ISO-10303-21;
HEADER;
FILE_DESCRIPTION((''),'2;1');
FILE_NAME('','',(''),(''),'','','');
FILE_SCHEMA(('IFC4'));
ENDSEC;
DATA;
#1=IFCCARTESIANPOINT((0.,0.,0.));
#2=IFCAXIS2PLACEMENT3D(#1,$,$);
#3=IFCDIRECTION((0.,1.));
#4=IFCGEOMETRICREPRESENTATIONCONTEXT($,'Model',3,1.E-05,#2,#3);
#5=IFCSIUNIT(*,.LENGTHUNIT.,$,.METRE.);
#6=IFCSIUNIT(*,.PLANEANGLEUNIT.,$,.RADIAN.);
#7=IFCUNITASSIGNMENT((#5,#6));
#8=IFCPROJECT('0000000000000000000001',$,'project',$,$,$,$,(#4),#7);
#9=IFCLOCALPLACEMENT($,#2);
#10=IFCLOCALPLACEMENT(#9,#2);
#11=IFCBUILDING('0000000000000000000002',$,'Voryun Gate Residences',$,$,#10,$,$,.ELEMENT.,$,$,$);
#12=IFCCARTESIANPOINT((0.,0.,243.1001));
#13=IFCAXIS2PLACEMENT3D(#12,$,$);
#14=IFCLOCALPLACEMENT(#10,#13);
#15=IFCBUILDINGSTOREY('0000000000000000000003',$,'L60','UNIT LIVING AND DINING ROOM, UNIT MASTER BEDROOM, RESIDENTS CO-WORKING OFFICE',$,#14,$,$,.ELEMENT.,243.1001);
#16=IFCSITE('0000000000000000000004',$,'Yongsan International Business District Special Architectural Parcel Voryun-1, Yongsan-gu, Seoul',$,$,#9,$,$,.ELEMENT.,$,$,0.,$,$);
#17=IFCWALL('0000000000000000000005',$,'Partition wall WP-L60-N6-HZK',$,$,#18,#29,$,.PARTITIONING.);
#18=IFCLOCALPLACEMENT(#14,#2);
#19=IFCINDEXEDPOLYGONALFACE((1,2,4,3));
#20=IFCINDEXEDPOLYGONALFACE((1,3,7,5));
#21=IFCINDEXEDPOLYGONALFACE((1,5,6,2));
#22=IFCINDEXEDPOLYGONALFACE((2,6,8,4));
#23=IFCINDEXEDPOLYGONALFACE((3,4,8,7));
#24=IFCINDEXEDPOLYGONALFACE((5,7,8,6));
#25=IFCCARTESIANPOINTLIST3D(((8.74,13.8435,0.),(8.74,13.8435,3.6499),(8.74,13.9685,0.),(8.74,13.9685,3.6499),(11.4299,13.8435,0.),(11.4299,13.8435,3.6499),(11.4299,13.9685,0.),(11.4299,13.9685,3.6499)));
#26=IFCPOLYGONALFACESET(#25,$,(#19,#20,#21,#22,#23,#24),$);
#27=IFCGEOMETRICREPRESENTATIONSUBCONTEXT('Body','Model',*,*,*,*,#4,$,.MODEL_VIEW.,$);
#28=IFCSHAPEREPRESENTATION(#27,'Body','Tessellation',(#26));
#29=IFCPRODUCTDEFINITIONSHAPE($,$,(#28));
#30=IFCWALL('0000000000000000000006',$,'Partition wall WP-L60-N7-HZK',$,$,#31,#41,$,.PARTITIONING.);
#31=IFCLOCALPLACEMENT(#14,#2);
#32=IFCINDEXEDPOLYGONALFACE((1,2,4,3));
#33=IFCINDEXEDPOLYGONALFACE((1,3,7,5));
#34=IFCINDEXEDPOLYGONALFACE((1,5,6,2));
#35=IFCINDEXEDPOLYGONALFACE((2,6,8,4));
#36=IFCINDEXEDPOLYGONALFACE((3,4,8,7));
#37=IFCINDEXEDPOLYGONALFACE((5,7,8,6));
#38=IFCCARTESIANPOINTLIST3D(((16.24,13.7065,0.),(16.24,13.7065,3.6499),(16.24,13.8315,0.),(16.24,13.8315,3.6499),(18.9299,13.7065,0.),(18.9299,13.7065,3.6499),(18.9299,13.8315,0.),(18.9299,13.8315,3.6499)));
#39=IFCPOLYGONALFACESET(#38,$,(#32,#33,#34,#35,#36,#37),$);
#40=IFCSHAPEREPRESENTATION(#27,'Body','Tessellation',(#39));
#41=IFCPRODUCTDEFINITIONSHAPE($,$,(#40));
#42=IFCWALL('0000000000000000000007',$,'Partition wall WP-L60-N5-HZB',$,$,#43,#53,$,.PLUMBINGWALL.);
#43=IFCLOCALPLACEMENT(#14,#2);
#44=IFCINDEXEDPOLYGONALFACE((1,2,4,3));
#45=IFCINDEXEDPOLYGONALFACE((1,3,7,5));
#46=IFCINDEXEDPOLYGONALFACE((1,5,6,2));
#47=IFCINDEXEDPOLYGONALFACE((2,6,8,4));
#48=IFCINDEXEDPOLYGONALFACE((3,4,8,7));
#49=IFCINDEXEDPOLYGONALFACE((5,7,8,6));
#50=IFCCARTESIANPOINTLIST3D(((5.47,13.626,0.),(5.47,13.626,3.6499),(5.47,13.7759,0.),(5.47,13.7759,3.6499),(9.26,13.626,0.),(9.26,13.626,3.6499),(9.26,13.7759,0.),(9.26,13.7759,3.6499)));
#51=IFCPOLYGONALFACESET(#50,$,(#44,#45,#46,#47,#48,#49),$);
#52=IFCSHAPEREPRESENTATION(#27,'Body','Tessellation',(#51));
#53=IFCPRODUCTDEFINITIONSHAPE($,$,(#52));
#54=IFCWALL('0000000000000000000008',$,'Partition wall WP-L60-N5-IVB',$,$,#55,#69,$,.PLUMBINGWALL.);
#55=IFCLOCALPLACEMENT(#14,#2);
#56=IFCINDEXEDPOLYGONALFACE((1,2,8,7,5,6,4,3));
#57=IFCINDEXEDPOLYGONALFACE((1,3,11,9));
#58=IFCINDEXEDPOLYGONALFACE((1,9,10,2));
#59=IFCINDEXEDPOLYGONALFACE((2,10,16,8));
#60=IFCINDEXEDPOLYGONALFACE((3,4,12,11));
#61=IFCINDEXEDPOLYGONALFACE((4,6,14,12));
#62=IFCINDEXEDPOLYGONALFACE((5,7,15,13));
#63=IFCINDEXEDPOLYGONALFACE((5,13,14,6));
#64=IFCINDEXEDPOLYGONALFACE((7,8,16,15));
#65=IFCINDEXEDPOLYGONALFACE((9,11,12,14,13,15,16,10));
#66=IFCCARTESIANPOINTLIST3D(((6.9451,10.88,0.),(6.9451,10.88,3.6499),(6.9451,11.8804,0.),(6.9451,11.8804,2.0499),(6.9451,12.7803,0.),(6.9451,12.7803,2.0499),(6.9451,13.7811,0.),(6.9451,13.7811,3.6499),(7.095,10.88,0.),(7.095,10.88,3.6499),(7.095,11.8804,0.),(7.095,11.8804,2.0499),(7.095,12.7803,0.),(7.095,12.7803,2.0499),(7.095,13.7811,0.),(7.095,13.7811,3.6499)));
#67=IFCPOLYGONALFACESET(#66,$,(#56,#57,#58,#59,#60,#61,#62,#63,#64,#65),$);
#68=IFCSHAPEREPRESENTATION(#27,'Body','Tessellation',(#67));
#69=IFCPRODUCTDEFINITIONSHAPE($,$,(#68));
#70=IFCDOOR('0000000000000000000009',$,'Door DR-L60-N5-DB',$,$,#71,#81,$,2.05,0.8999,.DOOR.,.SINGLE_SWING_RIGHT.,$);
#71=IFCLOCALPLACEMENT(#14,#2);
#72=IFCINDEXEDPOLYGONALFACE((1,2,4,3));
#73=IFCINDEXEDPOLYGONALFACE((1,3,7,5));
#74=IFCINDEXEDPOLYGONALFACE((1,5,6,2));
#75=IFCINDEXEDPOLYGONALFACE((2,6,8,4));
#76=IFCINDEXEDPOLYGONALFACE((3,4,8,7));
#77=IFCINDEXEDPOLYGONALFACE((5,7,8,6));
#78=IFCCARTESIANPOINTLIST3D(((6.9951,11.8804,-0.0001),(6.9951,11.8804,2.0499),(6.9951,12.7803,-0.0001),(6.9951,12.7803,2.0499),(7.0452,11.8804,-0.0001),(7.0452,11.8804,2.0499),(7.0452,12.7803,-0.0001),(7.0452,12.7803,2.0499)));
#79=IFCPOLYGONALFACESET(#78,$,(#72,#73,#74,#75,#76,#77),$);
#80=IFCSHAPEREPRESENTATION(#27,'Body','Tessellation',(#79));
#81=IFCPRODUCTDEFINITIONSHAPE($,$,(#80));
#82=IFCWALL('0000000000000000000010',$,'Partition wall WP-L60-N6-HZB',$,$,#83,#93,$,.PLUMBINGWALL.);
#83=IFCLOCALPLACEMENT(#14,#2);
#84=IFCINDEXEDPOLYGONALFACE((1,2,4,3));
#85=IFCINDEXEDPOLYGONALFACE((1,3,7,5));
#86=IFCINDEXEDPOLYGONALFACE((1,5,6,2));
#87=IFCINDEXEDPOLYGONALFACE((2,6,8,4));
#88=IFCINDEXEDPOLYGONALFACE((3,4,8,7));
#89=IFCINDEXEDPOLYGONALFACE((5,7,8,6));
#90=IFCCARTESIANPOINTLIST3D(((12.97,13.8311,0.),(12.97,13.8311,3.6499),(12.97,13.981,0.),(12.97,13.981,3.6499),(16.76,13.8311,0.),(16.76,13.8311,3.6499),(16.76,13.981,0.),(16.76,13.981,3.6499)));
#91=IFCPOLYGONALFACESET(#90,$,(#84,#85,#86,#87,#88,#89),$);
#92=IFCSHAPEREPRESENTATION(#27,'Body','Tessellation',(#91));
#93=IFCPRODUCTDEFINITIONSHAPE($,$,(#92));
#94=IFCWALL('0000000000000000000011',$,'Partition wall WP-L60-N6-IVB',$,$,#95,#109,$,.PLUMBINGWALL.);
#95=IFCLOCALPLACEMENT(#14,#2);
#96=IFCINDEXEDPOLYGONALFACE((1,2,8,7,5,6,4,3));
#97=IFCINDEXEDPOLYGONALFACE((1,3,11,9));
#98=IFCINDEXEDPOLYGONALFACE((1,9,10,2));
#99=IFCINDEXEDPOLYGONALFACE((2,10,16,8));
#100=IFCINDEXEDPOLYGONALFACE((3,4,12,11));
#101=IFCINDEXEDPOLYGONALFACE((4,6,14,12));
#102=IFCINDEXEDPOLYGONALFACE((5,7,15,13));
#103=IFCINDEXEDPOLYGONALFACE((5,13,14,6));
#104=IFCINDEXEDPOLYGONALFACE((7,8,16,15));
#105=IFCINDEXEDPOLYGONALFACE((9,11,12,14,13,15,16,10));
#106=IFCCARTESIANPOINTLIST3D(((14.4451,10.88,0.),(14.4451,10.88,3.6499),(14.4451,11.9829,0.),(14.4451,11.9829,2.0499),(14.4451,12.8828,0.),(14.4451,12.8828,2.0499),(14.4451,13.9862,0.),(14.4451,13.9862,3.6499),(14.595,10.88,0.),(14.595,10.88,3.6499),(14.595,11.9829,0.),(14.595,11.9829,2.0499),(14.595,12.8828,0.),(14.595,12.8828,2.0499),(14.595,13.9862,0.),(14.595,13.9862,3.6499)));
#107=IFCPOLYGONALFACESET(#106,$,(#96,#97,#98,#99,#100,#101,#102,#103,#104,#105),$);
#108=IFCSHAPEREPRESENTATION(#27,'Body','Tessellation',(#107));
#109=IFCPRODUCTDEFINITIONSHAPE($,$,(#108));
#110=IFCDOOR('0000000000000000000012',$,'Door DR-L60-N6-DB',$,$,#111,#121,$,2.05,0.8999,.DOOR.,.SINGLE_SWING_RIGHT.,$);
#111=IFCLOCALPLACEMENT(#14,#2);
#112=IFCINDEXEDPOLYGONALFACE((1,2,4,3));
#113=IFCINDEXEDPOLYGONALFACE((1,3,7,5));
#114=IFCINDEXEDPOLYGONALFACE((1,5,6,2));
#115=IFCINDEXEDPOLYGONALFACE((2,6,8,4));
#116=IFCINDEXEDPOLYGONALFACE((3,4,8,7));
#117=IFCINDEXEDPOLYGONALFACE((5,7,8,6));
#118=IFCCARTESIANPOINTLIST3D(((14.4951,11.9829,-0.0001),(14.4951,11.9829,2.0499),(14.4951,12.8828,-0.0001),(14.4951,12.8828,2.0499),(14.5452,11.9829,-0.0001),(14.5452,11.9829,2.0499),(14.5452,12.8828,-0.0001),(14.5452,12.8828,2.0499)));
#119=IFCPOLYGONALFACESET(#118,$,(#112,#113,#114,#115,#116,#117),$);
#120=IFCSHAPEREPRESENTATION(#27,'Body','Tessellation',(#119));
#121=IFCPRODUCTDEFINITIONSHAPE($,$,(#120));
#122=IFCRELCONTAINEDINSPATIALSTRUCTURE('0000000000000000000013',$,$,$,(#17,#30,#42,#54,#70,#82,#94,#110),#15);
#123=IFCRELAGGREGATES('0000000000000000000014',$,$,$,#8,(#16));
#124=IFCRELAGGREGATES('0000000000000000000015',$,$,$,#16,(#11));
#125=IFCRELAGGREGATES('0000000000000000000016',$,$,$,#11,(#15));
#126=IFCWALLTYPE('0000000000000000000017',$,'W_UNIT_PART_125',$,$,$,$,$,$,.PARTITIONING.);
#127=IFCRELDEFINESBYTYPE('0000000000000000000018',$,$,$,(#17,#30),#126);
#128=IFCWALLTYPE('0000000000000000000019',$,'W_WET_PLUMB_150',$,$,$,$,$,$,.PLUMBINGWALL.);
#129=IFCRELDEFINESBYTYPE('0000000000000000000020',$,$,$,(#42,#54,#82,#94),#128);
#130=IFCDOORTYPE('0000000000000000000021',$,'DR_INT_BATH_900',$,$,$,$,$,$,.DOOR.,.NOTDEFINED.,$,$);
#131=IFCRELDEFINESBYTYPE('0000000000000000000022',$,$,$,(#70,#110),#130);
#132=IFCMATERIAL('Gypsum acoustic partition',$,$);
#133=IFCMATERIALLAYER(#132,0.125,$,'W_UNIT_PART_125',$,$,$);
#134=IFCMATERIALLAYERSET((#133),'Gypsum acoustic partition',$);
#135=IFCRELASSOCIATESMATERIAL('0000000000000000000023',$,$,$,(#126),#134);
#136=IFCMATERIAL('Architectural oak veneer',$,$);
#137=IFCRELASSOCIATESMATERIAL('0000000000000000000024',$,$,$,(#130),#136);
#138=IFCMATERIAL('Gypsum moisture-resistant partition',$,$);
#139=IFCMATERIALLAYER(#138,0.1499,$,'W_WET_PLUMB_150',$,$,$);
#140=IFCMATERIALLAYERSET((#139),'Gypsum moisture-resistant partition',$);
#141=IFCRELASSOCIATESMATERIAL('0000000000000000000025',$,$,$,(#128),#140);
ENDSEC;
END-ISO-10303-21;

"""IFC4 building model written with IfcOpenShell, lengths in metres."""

from ifc_helpers import new_model, si_unit, direction, frame, frame_2d, origin, place, context, subcontext, project, spatial, rectangle, extrude, material, layer, layer_set, type_object, element, fill, save


model = new_model("IFC4")

# Units and contexts
model_context = context("Model", 3, precision=1e-05, world=origin(), true_north=direction((0.0, 1.0)))
body_context = subcontext(model_context, "Body", "Model", "MODEL_VIEW")
ifc_project = project(units=[si_unit("LENGTHUNIT", "METRE"), si_unit("PLANEANGLEUNIT", "RADIAN")], contexts=[model_context])

# Site, building, storey
site_placement = place(None, origin())
site = spatial("IfcSite", under=ifc_project, at=site_placement, Name="Yongsan International Business District Special Architectural Parcel Voryun-1, Yongsan-gu, Seoul", CompositionType="ELEMENT", RefElevation=0.0)
building_placement = place(site_placement, origin())
building = spatial("IfcBuilding", under=site, at=building_placement, Name="Voryun Gate Residences", CompositionType="ELEMENT")
storey_placement = place(building_placement, frame((0.0, 0.0, 243.1001)))
storey = spatial("IfcBuildingStorey", under=building, at=storey_placement, Name="L60", Description="UNIT LIVING AND DINING ROOM, UNIT MASTER BEDROOM, RESIDENTS CO-WORKING OFFICE", CompositionType="ELEMENT", Elevation=243.1001)

# Shared definitions
ifc_material_1 = material(Name="Gypsum acoustic partition")
ifc_layer_1 = layer(ifc_material_1, 0.125, Name="W_UNIT_PART_125")
ifc_layer_set_1 = layer_set([ifc_layer_1], Name="Gypsum acoustic partition")
wall_type_1 = type_object("IfcWallType", Name="W_UNIT_PART_125", PredefinedType="PARTITIONING", material=ifc_layer_set_1)
ifc_material_2 = material(Name="Architectural oak veneer")
door_type_1 = type_object("IfcDoorType", Name="DR_INT_BATH_900", OperationType="NOTDEFINED", PredefinedType="DOOR", material=ifc_material_2)

# Walls
for number, where, z_axis, x_axis, name in (
    (1, (8.74, 13.906, 0.0), (0.0, 0.0, 1.0), (1.0, 0.0, 0.0), "Partition wall WP-L60-N6-HZK"),
    (2, (16.24, 13.769, 0.0), (0.0, 0.0, 1.0), (1.0, 0.0, 0.0), "Partition wall WP-L60-N7-HZK"),
):
    element("IfcWall", number, at=place(storey_placement, frame(where, z_axis=z_axis, x_axis=x_axis)), inside=storey, type_object=wall_type_1, Name=name, PredefinedType="PARTITIONING", context=body_context, shape_type="SweptSolid", body=[
        extrude(rectangle(XDim=2.6899, YDim=0.125, at=frame_2d((1.345, 0.0))), origin(), (0.0, 0.0, 1.0), 3.6499),
    ])
ifc_material_3 = material(Name="Gypsum moisture-resistant partition")
ifc_layer_2 = layer(ifc_material_3, 0.1499, Name="W_WET_PLUMB_150")
ifc_layer_set_2 = layer_set([ifc_layer_2], Name="Gypsum moisture-resistant partition")
wall_type_2 = type_object("IfcWallType", Name="W_WET_PLUMB_150", PredefinedType="PLUMBINGWALL", material=ifc_layer_set_2)
wall_1_placement = place(storey_placement, frame((5.47, 13.7009, 0.0), z_axis=(0.0, 0.0, 1.0), x_axis=(1.0, 0.0, 0.0)))
element("IfcWall", 3, at=wall_1_placement, inside=storey, type_object=wall_type_2, Name="Partition wall WP-L60-N5-HZB", PredefinedType="PLUMBINGWALL", context=body_context, shape_type="SweptSolid", body=[
    extrude(rectangle(XDim=3.79, YDim=0.1499, at=frame_2d((1.895, 0.0))), origin(), (0.0, 0.0, 1.0), 3.6499),
])

# Wall, opening, door
wall_2_placement = place(storey_placement, frame((7.02, 10.8799, 0.0), z_axis=(0.0, 0.0, 1.0), x_axis=(0.0, 1.0, 0.0)))
wall_2 = element("IfcWall", 4, at=wall_2_placement, inside=storey, type_object=wall_type_2, Name="Partition wall WP-L60-N5-IVB", PredefinedType="PLUMBINGWALL", context=body_context, shape_type="SweptSolid", body=[
    extrude(rectangle(XDim=2.9011, YDim=0.1499, at=frame_2d((1.4507, 0.0))), origin(), (0.0, 0.0, 1.0), 3.6499),
])
opening_1_placement = place(wall_2_placement, frame((1.0005, 0.0, 0.0)))
opening_1 = element("IfcOpeningElement", 5, at=opening_1_placement, cuts=wall_2, PredefinedType="OPENING", context=body_context, shape_type="SweptSolid", body=[
    extrude(rectangle(XDim=0.8999, YDim=2.05, at=frame_2d((0.45, 1.0249))), frame((0.0, 0.085, 0.0), z_axis=(0.0, -1.0, 0.0), x_axis=(1.0, 0.0, 0.0)), (0.0, 0.0, 1.0), 0.1699),
])
door_1_placement = place(opening_1_placement, origin())
door_1 = element("IfcDoor", 6, at=door_1_placement, inside=storey, type_object=door_type_1, Name="Door DR-L60-N5-DB", OperationType="SINGLE_SWING_RIGHT", OverallHeight=2.05, OverallWidth=0.8999, PredefinedType="DOOR", context=body_context, shape_type="SweptSolid", body=[
    extrude(rectangle(XDim=0.8999, YDim=2.05, at=frame_2d((0.45, 1.0249))), frame((0.0, 0.0249, 0.0), z_axis=(0.0, -1.0, 0.0), x_axis=(1.0, 0.0, 0.0)), (0.0, 0.0, 1.0), 0.05),
])
fill(opening_1, door_1)

# Wall
wall_3_placement = place(storey_placement, frame((12.97, 13.906, 0.0), z_axis=(0.0, 0.0, 1.0), x_axis=(1.0, 0.0, 0.0)))
element("IfcWall", 7, at=wall_3_placement, inside=storey, type_object=wall_type_2, Name="Partition wall WP-L60-N6-HZB", PredefinedType="PLUMBINGWALL", context=body_context, shape_type="SweptSolid", body=[
    extrude(rectangle(XDim=3.79, YDim=0.1499, at=frame_2d((1.895, 0.0))), origin(), (0.0, 0.0, 1.0), 3.6499),
])

# Wall, opening, door
wall_4_placement = place(storey_placement, frame((14.52, 10.8799, 0.0), z_axis=(0.0, 0.0, 1.0), x_axis=(0.0, 1.0, 0.0)))
wall_4 = element("IfcWall", 8, at=wall_4_placement, inside=storey, type_object=wall_type_2, Name="Partition wall WP-L60-N6-IVB", PredefinedType="PLUMBINGWALL", context=body_context, shape_type="SweptSolid", body=[
    extrude(rectangle(XDim=3.1062, YDim=0.1499, at=frame_2d((1.5532, 0.0))), origin(), (0.0, 0.0, 1.0), 3.6499),
])
opening_2_placement = place(wall_4_placement, frame((1.103, 0.0, 0.0)))
opening_2 = element("IfcOpeningElement", 9, at=opening_2_placement, cuts=wall_4, PredefinedType="OPENING", context=body_context, shape_type="SweptSolid", body=[
    extrude(rectangle(XDim=0.8999, YDim=2.05, at=frame_2d((0.45, 1.0249))), frame((0.0, 0.085, 0.0), z_axis=(0.0, -1.0, 0.0), x_axis=(1.0, 0.0, 0.0)), (0.0, 0.0, 1.0), 0.1699),
])
door_2_placement = place(opening_2_placement, origin())
door_2 = element("IfcDoor", 10, at=door_2_placement, inside=storey, type_object=door_type_1, Name="Door DR-L60-N6-DB", OperationType="SINGLE_SWING_RIGHT", OverallHeight=2.05, OverallWidth=0.8999, PredefinedType="DOOR", context=body_context, shape_type="SweptSolid", body=[
    extrude(rectangle(XDim=0.8999, YDim=2.05, at=frame_2d((0.45, 1.0249))), frame((0.0, 0.0249, 0.0), z_axis=(0.0, -1.0, 0.0), x_axis=(1.0, 0.0, 0.0)), (0.0, 0.0, 1.0), 0.05),
])
fill(opening_2, door_2)

save(model, "model.ifc")
